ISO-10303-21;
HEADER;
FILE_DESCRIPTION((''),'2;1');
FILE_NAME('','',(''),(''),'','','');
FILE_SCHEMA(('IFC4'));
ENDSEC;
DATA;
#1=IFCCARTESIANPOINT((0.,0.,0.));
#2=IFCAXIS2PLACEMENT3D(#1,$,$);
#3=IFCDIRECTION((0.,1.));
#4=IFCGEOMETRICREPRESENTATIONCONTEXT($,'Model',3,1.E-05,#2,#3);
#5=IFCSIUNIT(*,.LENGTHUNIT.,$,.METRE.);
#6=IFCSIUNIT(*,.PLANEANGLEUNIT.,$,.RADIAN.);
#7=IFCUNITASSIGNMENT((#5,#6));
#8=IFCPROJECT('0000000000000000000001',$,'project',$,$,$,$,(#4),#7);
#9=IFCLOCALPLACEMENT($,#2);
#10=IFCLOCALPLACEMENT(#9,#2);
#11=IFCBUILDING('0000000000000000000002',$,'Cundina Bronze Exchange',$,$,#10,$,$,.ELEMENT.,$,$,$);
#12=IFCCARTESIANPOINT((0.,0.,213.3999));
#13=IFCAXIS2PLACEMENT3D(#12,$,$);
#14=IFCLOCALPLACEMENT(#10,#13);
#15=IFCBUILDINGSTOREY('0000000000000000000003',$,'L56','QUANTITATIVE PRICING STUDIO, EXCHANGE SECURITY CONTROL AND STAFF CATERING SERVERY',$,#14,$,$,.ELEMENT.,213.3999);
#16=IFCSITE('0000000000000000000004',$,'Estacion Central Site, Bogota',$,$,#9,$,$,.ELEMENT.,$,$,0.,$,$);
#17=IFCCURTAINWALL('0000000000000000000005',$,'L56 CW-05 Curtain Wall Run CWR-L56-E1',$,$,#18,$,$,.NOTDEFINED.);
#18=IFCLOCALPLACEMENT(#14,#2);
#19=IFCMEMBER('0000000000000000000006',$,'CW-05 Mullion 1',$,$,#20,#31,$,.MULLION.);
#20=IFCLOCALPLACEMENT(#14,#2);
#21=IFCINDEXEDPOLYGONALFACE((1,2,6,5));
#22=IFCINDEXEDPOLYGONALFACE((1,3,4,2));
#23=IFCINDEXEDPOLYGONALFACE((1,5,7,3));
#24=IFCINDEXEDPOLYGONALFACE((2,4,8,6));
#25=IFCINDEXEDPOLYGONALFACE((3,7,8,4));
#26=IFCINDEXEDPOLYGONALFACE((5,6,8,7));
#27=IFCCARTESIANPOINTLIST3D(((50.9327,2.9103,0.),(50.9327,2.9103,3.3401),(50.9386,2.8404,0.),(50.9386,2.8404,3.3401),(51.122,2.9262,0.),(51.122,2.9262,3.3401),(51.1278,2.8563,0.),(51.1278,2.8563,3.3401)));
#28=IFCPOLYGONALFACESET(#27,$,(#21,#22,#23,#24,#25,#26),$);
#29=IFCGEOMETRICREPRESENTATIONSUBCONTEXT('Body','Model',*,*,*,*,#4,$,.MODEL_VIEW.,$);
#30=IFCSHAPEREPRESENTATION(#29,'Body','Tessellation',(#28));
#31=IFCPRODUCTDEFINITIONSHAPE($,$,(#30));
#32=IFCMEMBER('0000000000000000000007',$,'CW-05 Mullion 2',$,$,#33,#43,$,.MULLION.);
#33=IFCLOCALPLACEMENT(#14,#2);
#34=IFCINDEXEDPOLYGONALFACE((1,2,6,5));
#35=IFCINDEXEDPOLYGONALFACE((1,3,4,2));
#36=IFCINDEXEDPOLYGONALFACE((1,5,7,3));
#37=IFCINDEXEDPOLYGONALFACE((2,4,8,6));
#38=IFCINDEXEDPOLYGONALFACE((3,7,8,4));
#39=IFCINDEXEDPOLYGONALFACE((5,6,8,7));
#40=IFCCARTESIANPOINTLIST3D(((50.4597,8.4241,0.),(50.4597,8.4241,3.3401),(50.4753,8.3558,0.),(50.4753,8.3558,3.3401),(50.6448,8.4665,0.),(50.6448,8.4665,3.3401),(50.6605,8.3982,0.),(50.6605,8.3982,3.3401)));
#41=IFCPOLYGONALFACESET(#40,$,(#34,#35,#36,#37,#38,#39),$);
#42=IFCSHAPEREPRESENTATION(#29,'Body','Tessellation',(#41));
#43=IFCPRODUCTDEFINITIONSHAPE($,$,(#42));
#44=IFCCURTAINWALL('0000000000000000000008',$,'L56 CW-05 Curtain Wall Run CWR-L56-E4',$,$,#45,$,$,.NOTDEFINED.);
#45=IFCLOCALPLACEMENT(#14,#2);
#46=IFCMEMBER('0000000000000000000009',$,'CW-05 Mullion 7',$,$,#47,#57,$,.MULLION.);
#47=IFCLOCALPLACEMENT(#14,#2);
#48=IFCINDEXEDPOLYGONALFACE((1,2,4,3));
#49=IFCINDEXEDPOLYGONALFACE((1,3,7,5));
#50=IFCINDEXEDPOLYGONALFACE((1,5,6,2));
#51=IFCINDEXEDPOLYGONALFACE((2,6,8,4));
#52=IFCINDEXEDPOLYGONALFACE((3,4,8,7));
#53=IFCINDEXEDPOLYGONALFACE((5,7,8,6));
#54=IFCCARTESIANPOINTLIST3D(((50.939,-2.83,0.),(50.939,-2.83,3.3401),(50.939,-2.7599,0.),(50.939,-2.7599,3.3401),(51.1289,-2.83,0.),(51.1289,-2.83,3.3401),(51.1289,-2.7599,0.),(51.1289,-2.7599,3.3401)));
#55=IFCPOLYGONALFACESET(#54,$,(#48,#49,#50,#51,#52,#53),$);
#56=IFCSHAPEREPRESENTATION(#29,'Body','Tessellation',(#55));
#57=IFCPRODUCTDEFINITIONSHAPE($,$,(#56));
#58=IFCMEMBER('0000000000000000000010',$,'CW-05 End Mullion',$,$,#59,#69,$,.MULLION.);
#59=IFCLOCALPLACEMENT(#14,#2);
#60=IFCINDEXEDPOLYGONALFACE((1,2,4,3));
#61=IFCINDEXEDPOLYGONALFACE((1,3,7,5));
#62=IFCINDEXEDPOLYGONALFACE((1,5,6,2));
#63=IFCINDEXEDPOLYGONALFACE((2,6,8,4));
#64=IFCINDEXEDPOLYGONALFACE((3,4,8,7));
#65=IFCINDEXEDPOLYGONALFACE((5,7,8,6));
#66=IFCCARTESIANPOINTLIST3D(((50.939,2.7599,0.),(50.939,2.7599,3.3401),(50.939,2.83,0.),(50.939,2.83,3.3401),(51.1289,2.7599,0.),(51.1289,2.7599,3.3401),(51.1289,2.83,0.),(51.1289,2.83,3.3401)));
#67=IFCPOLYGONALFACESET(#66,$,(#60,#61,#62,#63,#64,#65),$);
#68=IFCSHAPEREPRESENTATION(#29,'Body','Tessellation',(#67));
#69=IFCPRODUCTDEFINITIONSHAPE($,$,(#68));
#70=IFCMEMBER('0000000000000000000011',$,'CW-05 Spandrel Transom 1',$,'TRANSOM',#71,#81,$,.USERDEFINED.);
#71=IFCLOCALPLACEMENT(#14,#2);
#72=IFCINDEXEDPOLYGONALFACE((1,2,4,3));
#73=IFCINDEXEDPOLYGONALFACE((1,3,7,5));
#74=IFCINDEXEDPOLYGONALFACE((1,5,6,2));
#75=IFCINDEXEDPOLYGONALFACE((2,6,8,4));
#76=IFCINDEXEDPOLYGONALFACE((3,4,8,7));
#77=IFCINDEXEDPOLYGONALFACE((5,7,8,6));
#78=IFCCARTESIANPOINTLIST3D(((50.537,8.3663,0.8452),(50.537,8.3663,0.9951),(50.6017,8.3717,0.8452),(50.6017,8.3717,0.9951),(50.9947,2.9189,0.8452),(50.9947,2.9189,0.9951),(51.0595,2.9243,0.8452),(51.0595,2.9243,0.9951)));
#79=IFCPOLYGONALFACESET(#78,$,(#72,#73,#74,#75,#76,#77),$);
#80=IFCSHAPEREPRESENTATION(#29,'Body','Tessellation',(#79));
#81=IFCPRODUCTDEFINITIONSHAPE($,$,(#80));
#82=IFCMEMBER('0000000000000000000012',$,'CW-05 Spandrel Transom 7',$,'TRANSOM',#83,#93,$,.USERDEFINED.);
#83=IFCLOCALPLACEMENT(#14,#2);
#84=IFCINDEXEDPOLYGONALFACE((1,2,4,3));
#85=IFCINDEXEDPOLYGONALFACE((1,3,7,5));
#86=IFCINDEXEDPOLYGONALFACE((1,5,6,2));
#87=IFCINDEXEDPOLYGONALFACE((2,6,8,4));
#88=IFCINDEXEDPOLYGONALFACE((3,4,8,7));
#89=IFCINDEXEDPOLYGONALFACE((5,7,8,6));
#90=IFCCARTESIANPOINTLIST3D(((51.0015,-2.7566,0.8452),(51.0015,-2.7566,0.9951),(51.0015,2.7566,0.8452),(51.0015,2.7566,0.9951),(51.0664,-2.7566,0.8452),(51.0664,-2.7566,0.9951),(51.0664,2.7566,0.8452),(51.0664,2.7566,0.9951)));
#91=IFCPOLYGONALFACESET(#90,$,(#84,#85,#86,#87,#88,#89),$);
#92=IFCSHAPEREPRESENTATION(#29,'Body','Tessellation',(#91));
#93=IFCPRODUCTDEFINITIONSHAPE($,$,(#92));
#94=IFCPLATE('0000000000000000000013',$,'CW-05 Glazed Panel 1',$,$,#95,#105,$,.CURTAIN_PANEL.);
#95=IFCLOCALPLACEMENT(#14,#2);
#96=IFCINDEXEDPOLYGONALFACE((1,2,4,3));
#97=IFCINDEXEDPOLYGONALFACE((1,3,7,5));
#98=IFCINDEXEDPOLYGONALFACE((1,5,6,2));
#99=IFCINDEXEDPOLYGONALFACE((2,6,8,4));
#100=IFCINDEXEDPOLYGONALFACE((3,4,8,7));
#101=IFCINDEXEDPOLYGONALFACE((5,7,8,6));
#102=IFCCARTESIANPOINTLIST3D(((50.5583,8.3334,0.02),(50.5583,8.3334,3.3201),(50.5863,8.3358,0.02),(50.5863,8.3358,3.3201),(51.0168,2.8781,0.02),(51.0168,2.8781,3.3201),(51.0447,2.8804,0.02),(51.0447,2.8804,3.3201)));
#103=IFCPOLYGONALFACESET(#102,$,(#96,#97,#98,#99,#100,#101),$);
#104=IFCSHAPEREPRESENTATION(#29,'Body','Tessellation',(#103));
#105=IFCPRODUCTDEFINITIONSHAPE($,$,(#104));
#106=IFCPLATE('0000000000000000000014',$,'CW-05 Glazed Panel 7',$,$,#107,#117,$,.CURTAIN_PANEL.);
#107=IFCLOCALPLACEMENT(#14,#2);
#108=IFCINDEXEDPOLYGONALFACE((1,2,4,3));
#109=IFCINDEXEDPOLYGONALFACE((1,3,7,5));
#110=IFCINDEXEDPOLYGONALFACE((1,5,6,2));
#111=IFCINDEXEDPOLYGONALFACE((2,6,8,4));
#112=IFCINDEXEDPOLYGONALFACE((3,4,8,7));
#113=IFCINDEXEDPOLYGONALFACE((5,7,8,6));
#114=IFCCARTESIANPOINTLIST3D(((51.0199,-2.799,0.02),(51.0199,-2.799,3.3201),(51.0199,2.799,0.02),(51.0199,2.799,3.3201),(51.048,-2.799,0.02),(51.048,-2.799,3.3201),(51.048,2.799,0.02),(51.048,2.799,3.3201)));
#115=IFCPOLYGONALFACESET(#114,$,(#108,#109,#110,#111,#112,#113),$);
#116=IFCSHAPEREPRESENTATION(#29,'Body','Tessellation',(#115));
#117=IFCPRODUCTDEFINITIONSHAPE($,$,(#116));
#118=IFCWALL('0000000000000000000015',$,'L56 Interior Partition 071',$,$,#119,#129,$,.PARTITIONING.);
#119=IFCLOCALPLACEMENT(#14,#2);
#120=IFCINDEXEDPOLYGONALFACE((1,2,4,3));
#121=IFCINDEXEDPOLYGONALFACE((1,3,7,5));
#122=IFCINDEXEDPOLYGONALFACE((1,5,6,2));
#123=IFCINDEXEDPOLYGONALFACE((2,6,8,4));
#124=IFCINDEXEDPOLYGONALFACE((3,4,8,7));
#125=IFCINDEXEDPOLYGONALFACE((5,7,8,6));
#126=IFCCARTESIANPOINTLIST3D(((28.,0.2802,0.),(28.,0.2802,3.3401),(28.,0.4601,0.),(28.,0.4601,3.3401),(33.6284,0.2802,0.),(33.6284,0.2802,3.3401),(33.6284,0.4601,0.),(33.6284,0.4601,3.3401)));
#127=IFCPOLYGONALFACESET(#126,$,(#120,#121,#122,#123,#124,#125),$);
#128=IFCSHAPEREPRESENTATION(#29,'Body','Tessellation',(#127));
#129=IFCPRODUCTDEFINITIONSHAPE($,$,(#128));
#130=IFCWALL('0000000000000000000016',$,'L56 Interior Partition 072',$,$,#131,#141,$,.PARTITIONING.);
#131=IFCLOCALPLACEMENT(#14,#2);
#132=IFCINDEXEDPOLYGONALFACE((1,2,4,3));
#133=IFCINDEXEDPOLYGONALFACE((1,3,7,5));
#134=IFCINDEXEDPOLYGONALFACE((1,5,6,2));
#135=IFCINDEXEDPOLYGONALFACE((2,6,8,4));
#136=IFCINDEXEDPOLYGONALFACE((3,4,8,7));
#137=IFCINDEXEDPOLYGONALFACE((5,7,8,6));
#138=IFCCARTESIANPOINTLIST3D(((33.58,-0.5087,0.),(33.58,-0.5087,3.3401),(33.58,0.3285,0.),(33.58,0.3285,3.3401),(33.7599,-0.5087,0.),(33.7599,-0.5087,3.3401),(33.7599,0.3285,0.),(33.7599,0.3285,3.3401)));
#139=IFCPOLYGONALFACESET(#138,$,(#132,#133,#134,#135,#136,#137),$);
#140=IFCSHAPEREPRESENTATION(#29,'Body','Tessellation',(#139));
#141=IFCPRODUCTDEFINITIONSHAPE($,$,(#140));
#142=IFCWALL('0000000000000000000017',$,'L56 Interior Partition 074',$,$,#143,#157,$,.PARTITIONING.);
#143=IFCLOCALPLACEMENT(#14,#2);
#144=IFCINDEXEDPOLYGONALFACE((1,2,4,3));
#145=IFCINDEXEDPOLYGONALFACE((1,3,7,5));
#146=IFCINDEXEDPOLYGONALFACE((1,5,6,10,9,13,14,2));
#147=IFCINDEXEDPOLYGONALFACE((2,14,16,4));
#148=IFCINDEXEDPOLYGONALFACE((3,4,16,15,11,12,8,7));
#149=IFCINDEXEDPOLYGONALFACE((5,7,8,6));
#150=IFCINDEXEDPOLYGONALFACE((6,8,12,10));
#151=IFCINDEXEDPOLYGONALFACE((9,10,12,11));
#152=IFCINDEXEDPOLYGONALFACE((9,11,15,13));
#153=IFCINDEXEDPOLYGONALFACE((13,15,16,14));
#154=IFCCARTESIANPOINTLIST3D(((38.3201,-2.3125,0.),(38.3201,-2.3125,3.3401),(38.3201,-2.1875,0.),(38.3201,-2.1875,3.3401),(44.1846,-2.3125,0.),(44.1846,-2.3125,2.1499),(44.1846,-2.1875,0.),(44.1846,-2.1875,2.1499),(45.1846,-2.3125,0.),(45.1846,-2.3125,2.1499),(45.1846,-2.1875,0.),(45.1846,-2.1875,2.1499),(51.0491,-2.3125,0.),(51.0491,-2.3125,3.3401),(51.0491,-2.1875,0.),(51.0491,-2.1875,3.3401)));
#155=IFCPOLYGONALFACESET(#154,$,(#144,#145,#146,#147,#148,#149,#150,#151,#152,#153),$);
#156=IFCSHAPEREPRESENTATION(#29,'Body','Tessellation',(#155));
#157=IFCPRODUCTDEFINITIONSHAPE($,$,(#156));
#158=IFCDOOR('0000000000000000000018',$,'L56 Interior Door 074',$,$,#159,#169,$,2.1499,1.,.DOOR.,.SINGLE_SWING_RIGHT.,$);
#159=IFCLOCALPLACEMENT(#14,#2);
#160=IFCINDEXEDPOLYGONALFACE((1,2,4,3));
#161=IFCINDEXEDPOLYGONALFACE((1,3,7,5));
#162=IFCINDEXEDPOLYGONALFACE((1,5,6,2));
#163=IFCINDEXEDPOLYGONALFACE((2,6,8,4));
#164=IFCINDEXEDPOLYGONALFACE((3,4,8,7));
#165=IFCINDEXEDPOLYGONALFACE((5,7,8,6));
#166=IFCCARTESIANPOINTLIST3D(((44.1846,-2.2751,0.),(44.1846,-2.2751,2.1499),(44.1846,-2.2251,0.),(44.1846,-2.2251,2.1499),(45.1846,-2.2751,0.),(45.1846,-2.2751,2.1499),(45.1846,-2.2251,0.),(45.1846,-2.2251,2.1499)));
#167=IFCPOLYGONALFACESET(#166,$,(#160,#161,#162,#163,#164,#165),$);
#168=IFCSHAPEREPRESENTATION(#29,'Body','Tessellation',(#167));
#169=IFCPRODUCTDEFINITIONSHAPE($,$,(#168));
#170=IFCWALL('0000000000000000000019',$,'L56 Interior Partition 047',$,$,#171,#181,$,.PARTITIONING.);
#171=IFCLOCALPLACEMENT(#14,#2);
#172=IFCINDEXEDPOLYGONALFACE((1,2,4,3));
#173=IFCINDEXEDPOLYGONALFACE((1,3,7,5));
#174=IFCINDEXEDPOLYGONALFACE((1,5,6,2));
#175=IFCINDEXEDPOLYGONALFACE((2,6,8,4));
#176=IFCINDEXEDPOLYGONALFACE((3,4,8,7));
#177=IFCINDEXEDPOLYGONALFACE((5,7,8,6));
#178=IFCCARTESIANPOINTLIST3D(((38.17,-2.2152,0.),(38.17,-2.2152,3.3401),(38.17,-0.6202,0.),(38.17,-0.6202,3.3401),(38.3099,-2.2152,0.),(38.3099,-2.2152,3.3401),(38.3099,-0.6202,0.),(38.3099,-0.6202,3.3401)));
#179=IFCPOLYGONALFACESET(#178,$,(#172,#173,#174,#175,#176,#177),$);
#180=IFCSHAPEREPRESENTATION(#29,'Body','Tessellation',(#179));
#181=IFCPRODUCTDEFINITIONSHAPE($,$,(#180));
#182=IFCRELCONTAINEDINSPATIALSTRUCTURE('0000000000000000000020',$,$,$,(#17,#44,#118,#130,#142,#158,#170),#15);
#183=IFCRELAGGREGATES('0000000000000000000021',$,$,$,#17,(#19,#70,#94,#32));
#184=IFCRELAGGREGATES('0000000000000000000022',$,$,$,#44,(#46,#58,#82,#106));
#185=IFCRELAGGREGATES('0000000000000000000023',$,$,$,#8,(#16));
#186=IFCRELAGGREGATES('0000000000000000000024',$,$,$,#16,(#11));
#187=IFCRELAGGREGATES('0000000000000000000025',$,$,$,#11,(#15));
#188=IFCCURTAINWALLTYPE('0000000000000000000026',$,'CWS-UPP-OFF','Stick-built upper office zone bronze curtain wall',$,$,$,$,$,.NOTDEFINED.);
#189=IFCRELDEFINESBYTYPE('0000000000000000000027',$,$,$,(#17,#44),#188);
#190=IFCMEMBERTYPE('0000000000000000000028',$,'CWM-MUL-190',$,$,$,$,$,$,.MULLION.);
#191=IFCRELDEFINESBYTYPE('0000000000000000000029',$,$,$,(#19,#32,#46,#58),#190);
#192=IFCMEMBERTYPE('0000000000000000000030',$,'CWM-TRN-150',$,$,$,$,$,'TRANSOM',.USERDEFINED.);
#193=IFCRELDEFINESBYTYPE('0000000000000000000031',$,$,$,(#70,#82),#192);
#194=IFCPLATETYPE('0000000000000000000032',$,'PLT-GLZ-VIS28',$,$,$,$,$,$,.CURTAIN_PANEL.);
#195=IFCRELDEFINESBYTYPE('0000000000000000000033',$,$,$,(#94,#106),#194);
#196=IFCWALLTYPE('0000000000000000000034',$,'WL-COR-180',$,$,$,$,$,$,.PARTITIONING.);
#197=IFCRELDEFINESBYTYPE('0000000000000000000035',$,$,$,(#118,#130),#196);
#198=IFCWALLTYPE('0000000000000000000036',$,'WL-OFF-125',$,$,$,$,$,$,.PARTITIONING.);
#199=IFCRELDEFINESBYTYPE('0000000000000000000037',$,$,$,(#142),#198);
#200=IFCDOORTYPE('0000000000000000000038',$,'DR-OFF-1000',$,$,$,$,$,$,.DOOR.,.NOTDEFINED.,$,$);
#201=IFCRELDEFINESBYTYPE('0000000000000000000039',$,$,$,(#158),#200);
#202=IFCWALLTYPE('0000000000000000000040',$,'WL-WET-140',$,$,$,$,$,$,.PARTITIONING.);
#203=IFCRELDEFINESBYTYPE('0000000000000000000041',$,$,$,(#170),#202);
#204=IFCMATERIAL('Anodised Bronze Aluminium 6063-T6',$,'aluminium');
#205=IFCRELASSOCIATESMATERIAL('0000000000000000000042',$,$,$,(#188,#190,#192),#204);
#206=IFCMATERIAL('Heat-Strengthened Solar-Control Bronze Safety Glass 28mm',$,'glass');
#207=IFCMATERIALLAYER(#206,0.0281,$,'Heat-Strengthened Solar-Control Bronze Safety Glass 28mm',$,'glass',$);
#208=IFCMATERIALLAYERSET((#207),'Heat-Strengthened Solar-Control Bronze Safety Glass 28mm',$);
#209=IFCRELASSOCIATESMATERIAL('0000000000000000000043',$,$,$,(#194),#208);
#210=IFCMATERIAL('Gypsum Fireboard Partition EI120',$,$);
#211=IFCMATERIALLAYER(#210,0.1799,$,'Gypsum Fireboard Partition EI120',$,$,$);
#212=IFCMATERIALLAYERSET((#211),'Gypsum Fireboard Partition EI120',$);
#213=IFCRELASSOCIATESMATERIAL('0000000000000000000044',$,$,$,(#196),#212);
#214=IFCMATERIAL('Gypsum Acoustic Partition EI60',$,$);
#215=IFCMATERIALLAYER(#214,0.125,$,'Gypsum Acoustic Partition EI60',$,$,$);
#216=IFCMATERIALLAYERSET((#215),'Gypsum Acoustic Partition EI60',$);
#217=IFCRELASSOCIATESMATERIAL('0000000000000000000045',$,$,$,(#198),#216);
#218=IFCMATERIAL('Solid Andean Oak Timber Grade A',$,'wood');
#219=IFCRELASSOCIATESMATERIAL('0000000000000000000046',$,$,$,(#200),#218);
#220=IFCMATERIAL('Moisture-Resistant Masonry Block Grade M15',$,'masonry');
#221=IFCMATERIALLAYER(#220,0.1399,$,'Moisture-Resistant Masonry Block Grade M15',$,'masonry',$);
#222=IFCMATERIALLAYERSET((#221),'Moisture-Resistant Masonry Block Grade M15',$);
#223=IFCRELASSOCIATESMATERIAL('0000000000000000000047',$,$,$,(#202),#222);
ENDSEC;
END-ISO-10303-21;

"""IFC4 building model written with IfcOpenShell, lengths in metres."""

from ifc_helpers import new_model, si_unit, direction, frame, frame_2d, origin, origin_2d, place, context, subcontext, project, spatial, rectangle, extrude, material, layer, layer_set, material_profile, profile_set, type_object, element, fill, aggregate, save


model = new_model("IFC4")

# Units and contexts
model_context = context("Model", 3, precision=1e-05, world=origin(), true_north=direction((0.0, 1.0)))
body_context = subcontext(model_context, "Body", "Model", "MODEL_VIEW")
ifc_project = project(units=[si_unit("LENGTHUNIT", "METRE"), si_unit("PLANEANGLEUNIT", "RADIAN")], contexts=[model_context])

# Site, building, storey
site_placement = place(None, origin())
site = spatial("IfcSite", under=ifc_project, at=site_placement, Name="Estacion Central Site, Bogota", CompositionType="ELEMENT", RefElevation=0.0)
building_placement = place(site_placement, origin())
building = spatial("IfcBuilding", under=site, at=building_placement, Name="Cundina Bronze Exchange", CompositionType="ELEMENT")
storey_placement = place(building_placement, frame((0.0, 0.0, 213.3999)))
storey = spatial("IfcBuildingStorey", under=building, at=storey_placement, Name="L56", Description="QUANTITATIVE PRICING STUDIO, EXCHANGE SECURITY CONTROL AND STAFF CATERING SERVERY", CompositionType="ELEMENT", Elevation=213.3999)

# Curtain walls, members
ifc_material_1 = material(Name="Anodised Bronze Aluminium 6063-T6", Category="aluminium")
curtain_wall_type = type_object("IfcCurtainWallType", Name="CWS-UPP-OFF", Description="Stick-built upper office zone bronze curtain wall", PredefinedType="NOTDEFINED", material=ifc_material_1)
curtain_wall_1_placement = place(storey_placement, origin())
curtain_wall_1 = element("IfcCurtainWall", 1, at=curtain_wall_1_placement, inside=storey, type_object=curtain_wall_type, Name="L56 CW-05 Curtain Wall Run CWR-L56-E1", PredefinedType="NOTDEFINED")
ifc_material_profile_1 = material_profile(ifc_material_1, rectangle(XDim=0.0701, YDim=0.1899, at=origin_2d()), Name="AL70X190", Category="aluminium")
ifc_profile_set_1 = profile_set([ifc_material_profile_1], Name="Anodised Bronze Aluminium 6063-T6")
member_type_1 = type_object("IfcMemberType", Name="CWM-MUL-190", PredefinedType="MULLION", material=ifc_profile_set_1)
member_1_placement = place(storey_placement, frame((51.0303, 2.8833, 0.0), z_axis=(0.0, 0.0, 1.0), x_axis=(-0.083678, 0.996493, 0.0)))
member_1 = element("IfcMember", 2, at=member_1_placement, type_object=member_type_1, Name="CW-05 Mullion 1", PredefinedType="MULLION", context=body_context, shape_type="SweptSolid", body=[
    extrude(rectangle(XDim=0.0701, YDim=0.1899, at=origin_2d()), origin(), (0.0, 0.0, 1.0), 3.3401),
])
member_2_placement = place(storey_placement, frame((50.5601, 8.4111, 0.0), z_axis=(0.0, 0.0, 1.0), x_axis=(-0.22325, 0.974761, 0.0)))
member_2 = element("IfcMember", 3, at=member_2_placement, type_object=member_type_1, Name="CW-05 Mullion 2", PredefinedType="MULLION", context=body_context, shape_type="SweptSolid", body=[
    extrude(rectangle(XDim=0.0701, YDim=0.1899, at=origin_2d()), origin(), (0.0, 0.0, 1.0), 3.3401),
])
curtain_wall_2_placement = place(storey_placement, origin())
curtain_wall_2 = element("IfcCurtainWall", 4, at=curtain_wall_2_placement, inside=storey, type_object=curtain_wall_type, Name="L56 CW-05 Curtain Wall Run CWR-L56-E4", PredefinedType="NOTDEFINED")
member_3_placement = place(storey_placement, frame((51.0339, -2.7949, 0.0), z_axis=(0.0, 0.0, 1.0), x_axis=(0.0, 1.0, 0.0)))
member_3 = element("IfcMember", 5, at=member_3_placement, type_object=member_type_1, Name="CW-05 Mullion 7", PredefinedType="MULLION", context=body_context, shape_type="SweptSolid", body=[
    extrude(rectangle(XDim=0.0701, YDim=0.1899, at=origin_2d()), origin(), (0.0, 0.0, 1.0), 3.3401),
])
member_4_placement = place(storey_placement, frame((51.0339, 2.7949, 0.0), z_axis=(0.0, 0.0, 1.0), x_axis=(0.0, 1.0, 0.0)))
member_4 = element("IfcMember", 6, at=member_4_placement, type_object=member_type_1, Name="CW-05 End Mullion", PredefinedType="MULLION", context=body_context, shape_type="SweptSolid", body=[
    extrude(rectangle(XDim=0.0701, YDim=0.1899, at=origin_2d()), origin(), (0.0, 0.0, 1.0), 3.3401),
])

# Members
ifc_material_profile_2 = material_profile(ifc_material_1, rectangle(XDim=0.0649, YDim=0.1499, at=origin_2d()), Name="AL65X150", Category="aluminium")
ifc_profile_set_2 = profile_set([ifc_material_profile_2], Name="Anodised Bronze Aluminium 6063-T6")
member_type_2 = type_object("IfcMemberType", Name="CWM-TRN-150", ElementType="TRANSOM", PredefinedType="USERDEFINED", material=ifc_profile_set_2)
member_5_placement = place(storey_placement, frame((51.0271, 2.9216, 0.9202), z_axis=(-0.08374, 0.996488, 0.0), x_axis=(-0.996488, -0.08374, 0.0)))
member_5 = element("IfcMember", 7, at=member_5_placement, type_object=member_type_2, Name="CW-05 Spandrel Transom 1", ObjectType="TRANSOM", PredefinedType="USERDEFINED", context=body_context, shape_type="SweptSolid", body=[
    extrude(rectangle(XDim=0.0649, YDim=0.1499, at=origin_2d()), origin(), (0.0, 0.0, 1.0), 5.4666),
])
member_6_placement = place(storey_placement, frame((51.0339, -2.7566, 0.9202), z_axis=(0.0, 1.0, 0.0), x_axis=(-1.0, 0.0, 0.0)))
member_6 = element("IfcMember", 8, at=member_6_placement, type_object=member_type_2, Name="CW-05 Spandrel Transom 7", ObjectType="TRANSOM", PredefinedType="USERDEFINED", context=body_context, shape_type="SweptSolid", body=[
    extrude(rectangle(XDim=0.0649, YDim=0.1499, at=origin_2d()), origin(), (0.0, 0.0, 1.0), 5.5132),
])

# Plates
ifc_material_2 = material(Name="Heat-Strengthened Solar-Control Bronze Safety Glass 28mm", Category="glass")
ifc_layer_1 = layer(ifc_material_2, 0.0281, Name="Heat-Strengthened Solar-Control Bronze Safety Glass 28mm", Category="glass")
ifc_layer_set_1 = layer_set([ifc_layer_1], Name="Heat-Strengthened Solar-Control Bronze Safety Glass 28mm")
plate_type = type_object("IfcPlateType", Name="PLT-GLZ-VIS28", PredefinedType="CURTAIN_PANEL", material=ifc_layer_set_1)
plate_1_placement = place(storey_placement, frame((50.8015, 5.6069, 0.02), z_axis=(0.0, 0.0, 1.0), x_axis=(-0.083747, 0.996487, 0.0)))
plate_1 = element("IfcPlate", 9, at=plate_1_placement, type_object=plate_type, Name="CW-05 Glazed Panel 1", PredefinedType="CURTAIN_PANEL", context=body_context, shape_type="SweptSolid", body=[
    extrude(rectangle(XDim=5.4746, YDim=0.0281, at=origin_2d()), origin(), (0.0, 0.0, 1.0), 3.3),
])
aggregate(curtain_wall_1, [member_1, member_5, plate_1, member_2])
plate_2_placement = place(storey_placement, frame((51.0339, 0.0, 0.02), z_axis=(0.0, 0.0, 1.0), x_axis=(0.0, 1.0, 0.0)))
plate_2 = element("IfcPlate", 10, at=plate_2_placement, type_object=plate_type, Name="CW-05 Glazed Panel 7", PredefinedType="CURTAIN_PANEL", context=body_context, shape_type="SweptSolid", body=[
    extrude(rectangle(XDim=5.5979, YDim=0.0281, at=origin_2d()), origin(), (0.0, 0.0, 1.0), 3.3),
])
aggregate(curtain_wall_2, [member_3, member_4, member_6, plate_2])

# Walls
ifc_material_3 = material(Name="Gypsum Fireboard Partition EI120")
ifc_layer_2 = layer(ifc_material_3, 0.1799, Name="Gypsum Fireboard Partition EI120")
ifc_layer_set_2 = layer_set([ifc_layer_2], Name="Gypsum Fireboard Partition EI120")
wall_type_1 = type_object("IfcWallType", Name="WL-COR-180", PredefinedType="PARTITIONING", material=ifc_layer_set_2)
wall_1_placement = place(storey_placement, frame((33.6284, 0.3701, 0.0), z_axis=(0.0, 0.0, 1.0), x_axis=(-1.0, 0.0, 0.0)))
element("IfcWall", 11, at=wall_1_placement, inside=storey, type_object=wall_type_1, Name="L56 Interior Partition 071", PredefinedType="PARTITIONING", context=body_context, shape_type="SweptSolid", body=[
    extrude(rectangle(XDim=5.6284, YDim=0.1799, at=frame_2d((2.8142, 0.0))), origin(), (0.0, 0.0, 1.0), 3.3401),
])
wall_2_placement = place(storey_placement, frame((33.6699, -0.5085, 0.0), z_axis=(0.0, 0.0, 1.0), x_axis=(0.0, 1.0, 0.0)))
element("IfcWall", 12, at=wall_2_placement, inside=storey, type_object=wall_type_1, Name="L56 Interior Partition 072", PredefinedType="PARTITIONING", context=body_context, shape_type="SweptSolid", body=[
    extrude(rectangle(XDim=0.8372, YDim=0.1799, at=frame_2d((0.4185, 0.0))), origin(), (0.0, 0.0, 1.0), 3.3401),
])

# Wall, opening, door
ifc_material_4 = material(Name="Gypsum Acoustic Partition EI60")
ifc_layer_3 = layer(ifc_material_4, 0.125, Name="Gypsum Acoustic Partition EI60")
ifc_layer_set_3 = layer_set([ifc_layer_3], Name="Gypsum Acoustic Partition EI60")
wall_type_2 = type_object("IfcWallType", Name="WL-OFF-125", PredefinedType="PARTITIONING", material=ifc_layer_set_3)
wall_3_placement = place(storey_placement, frame((38.3201, -2.25, 0.0), z_axis=(0.0, 0.0, 1.0), x_axis=(1.0, 0.0, 0.0)))
wall_3 = element("IfcWall", 13, at=wall_3_placement, inside=storey, type_object=wall_type_2, Name="L56 Interior Partition 074", PredefinedType="PARTITIONING", context=body_context, shape_type="SweptSolid", body=[
    extrude(rectangle(XDim=12.729, YDim=0.125, at=frame_2d((6.3645, 0.0))), origin(), (0.0, 0.0, 1.0), 3.3401),
])
opening_placement = place(wall_3_placement, frame((5.8645, 0.0, 0.0)))
opening = element("IfcOpeningElement", 14, at=opening_placement, cuts=wall_3, PredefinedType="OPENING", context=body_context, shape_type="SweptSolid", body=[
    extrude(rectangle(XDim=1.0, YDim=2.1499, at=frame_2d((0.5, 1.075))), frame((0.0, 0.0725, 0.0), z_axis=(0.0, -1.0, 0.0), x_axis=(1.0, 0.0, 0.0)), (0.0, 0.0, 1.0), 0.145),
])
ifc_material_5 = material(Name="Solid Andean Oak Timber Grade A", Category="wood")
door_type = type_object("IfcDoorType", Name="DR-OFF-1000", OperationType="NOTDEFINED", PredefinedType="DOOR", material=ifc_material_5)
door_placement = place(opening_placement, origin())
door = element("IfcDoor", 15, at=door_placement, inside=storey, type_object=door_type, Name="L56 Interior Door 074", OperationType="SINGLE_SWING_RIGHT", OverallHeight=2.1499, OverallWidth=1.0, PredefinedType="DOOR", context=body_context, shape_type="SweptSolid", body=[
    extrude(rectangle(XDim=1.0, YDim=2.1499, at=frame_2d((0.5, 1.075))), frame((0.0, 0.0249, 0.0), z_axis=(0.0, -1.0, 0.0), x_axis=(1.0, 0.0, 0.0)), (0.0, 0.0, 1.0), 0.05),
])
fill(opening, door)

# Wall
ifc_material_6 = material(Name="Moisture-Resistant Masonry Block Grade M15", Category="masonry")
ifc_layer_4 = layer(ifc_material_6, 0.1399, Name="Moisture-Resistant Masonry Block Grade M15", Category="masonry")
ifc_layer_set_4 = layer_set([ifc_layer_4], Name="Moisture-Resistant Masonry Block Grade M15")
wall_type_3 = type_object("IfcWallType", Name="WL-WET-140", PredefinedType="PARTITIONING", material=ifc_layer_set_4)
wall_4_placement = place(storey_placement, frame((38.24, -2.2151, 0.0), z_axis=(0.0, 0.0, 1.0), x_axis=(0.0, 1.0, 0.0)))
element("IfcWall", 16, at=wall_4_placement, inside=storey, type_object=wall_type_3, Name="L56 Interior Partition 047", PredefinedType="PARTITIONING", context=body_context, shape_type="SweptSolid", body=[
    extrude(rectangle(XDim=1.595, YDim=0.1399, at=frame_2d((0.7974, 0.0))), origin(), (0.0, 0.0, 1.0), 3.3401),
])

save(model, "model.ifc")
